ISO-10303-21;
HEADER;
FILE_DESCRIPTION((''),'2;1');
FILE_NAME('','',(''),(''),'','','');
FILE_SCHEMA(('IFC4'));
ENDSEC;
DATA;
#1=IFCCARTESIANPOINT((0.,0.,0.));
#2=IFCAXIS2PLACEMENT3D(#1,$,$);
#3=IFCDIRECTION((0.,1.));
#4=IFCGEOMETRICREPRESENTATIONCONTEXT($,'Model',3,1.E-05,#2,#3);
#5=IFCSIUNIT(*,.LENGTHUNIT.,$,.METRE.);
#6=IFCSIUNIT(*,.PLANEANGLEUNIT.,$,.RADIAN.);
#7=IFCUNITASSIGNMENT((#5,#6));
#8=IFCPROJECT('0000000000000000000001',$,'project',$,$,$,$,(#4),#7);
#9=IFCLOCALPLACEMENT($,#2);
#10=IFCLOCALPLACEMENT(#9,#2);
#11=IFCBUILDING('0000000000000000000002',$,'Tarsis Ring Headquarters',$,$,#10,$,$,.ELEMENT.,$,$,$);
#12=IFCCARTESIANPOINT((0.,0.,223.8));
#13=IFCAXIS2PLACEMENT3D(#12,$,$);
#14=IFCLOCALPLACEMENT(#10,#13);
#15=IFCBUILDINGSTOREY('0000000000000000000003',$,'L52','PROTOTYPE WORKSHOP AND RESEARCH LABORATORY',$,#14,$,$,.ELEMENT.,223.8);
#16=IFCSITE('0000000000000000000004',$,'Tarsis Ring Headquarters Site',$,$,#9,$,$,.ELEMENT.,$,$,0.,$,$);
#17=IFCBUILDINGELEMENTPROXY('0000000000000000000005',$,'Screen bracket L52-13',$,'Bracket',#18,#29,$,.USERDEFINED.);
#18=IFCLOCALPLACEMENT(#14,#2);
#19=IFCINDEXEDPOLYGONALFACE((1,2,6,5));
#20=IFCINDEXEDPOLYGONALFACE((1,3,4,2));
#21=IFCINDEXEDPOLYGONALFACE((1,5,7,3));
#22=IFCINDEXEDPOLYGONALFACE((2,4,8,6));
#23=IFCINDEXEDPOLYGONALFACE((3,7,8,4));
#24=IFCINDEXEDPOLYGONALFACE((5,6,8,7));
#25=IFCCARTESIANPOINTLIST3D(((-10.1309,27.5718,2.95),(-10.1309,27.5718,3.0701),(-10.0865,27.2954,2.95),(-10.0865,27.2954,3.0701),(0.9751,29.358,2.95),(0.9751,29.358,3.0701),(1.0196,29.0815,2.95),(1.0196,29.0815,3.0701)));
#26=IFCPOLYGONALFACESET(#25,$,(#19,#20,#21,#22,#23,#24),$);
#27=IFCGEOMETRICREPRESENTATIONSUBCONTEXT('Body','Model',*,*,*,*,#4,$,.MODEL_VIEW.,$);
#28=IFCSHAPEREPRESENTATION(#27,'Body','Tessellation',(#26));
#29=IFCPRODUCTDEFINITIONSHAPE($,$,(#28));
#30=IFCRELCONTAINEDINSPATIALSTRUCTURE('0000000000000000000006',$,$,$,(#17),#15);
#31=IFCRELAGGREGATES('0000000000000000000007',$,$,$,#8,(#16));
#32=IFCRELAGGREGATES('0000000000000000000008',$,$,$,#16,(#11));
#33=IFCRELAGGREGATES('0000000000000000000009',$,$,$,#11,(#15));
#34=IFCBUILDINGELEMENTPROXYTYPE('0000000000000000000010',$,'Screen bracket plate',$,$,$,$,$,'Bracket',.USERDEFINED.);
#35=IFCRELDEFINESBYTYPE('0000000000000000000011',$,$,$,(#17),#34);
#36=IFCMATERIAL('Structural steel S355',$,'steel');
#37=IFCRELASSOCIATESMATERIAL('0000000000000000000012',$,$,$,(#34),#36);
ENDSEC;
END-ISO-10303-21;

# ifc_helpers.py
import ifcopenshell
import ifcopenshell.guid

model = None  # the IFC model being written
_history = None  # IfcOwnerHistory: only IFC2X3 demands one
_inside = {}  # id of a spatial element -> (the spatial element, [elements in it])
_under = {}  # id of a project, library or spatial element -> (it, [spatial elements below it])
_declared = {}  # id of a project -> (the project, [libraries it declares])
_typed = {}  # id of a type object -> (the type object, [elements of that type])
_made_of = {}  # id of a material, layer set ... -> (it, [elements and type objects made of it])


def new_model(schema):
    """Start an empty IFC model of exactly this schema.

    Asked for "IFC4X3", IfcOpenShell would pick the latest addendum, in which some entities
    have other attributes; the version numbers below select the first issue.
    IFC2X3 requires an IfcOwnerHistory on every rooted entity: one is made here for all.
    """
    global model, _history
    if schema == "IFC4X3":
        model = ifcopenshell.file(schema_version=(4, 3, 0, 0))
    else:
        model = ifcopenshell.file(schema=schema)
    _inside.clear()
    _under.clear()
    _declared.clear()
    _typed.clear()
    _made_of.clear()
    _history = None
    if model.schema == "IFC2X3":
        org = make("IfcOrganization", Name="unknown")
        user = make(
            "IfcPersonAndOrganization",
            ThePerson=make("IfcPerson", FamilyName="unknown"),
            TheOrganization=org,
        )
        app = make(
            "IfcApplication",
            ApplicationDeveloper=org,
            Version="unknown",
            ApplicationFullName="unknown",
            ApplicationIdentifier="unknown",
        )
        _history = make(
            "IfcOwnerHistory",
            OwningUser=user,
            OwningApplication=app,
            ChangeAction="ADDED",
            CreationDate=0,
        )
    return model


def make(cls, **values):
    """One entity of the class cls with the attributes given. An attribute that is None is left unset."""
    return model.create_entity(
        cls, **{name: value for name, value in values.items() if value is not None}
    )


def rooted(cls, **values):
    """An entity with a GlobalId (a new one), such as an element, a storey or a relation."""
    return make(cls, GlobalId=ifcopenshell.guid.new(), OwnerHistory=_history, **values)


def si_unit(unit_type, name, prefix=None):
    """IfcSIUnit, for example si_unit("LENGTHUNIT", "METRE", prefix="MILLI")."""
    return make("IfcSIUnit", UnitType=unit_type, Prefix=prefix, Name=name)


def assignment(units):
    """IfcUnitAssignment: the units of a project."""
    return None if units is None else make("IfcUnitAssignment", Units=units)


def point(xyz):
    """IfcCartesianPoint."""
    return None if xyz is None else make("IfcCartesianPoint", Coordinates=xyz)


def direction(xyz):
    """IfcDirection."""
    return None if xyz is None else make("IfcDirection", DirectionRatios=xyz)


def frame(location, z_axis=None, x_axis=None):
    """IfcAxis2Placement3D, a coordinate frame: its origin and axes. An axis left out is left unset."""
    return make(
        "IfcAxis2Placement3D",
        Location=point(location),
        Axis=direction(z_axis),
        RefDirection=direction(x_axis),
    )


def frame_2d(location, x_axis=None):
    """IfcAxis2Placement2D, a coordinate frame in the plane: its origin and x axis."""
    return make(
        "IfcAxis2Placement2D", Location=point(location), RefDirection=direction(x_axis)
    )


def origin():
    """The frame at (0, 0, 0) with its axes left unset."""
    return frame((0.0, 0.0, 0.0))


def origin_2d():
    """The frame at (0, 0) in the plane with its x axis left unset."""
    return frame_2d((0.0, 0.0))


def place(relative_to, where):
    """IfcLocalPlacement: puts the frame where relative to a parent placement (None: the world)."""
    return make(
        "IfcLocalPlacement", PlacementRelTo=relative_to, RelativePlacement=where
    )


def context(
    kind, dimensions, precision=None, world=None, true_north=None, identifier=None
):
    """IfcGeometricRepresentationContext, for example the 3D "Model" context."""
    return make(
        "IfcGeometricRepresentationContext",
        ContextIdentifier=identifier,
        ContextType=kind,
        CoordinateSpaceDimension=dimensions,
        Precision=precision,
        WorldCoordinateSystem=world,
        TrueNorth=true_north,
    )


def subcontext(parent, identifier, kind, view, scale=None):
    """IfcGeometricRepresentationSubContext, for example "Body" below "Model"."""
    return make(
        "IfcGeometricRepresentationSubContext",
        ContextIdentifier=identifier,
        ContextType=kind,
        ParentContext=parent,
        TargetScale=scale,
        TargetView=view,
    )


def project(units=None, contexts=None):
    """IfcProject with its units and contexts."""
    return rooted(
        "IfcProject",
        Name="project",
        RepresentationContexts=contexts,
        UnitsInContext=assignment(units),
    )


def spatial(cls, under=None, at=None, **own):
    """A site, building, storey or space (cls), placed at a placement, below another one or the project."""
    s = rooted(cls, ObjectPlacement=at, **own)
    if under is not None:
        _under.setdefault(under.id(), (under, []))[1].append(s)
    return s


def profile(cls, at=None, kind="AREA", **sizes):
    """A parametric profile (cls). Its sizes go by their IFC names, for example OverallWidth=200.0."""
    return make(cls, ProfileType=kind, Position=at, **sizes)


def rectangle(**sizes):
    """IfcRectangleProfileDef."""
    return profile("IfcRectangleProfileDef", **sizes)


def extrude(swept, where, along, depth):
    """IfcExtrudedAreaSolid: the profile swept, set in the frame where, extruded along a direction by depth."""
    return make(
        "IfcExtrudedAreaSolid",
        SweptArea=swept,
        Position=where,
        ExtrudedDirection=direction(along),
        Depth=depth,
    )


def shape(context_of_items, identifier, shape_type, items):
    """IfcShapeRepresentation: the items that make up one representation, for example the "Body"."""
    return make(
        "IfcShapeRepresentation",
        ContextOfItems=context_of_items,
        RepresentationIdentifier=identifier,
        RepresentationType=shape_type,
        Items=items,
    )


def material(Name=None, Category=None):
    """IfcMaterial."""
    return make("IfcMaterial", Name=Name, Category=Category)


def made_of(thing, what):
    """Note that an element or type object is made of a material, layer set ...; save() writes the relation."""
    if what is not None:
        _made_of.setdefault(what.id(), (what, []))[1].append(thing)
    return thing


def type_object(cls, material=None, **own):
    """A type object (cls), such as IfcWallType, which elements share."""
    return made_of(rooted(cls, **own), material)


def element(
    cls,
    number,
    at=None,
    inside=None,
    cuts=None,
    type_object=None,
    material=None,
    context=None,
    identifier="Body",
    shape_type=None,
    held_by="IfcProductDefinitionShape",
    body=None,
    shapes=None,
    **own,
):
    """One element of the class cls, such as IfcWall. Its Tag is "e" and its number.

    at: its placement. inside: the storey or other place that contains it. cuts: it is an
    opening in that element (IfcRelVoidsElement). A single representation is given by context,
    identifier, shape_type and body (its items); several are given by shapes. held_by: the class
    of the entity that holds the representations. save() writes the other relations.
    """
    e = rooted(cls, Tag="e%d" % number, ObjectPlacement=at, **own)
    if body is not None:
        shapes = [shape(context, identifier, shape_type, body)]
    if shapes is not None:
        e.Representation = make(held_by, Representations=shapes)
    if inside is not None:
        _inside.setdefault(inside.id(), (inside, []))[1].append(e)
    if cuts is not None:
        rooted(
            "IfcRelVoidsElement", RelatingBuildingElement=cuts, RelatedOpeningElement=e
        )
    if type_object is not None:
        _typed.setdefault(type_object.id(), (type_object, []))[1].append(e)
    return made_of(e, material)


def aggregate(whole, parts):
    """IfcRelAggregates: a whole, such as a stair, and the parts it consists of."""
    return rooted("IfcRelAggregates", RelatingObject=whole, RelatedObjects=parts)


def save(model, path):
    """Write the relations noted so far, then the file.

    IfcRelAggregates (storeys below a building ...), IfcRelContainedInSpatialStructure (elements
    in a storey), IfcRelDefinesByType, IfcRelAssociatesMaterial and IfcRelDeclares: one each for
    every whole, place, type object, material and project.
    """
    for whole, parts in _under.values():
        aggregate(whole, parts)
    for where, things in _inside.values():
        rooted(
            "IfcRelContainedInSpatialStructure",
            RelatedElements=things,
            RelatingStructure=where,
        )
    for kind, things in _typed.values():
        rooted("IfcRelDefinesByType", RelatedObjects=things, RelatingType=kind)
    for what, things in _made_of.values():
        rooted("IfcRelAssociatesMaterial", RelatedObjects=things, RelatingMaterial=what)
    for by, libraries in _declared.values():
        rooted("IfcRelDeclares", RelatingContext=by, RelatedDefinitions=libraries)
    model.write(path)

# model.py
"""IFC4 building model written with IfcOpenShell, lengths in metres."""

from ifc_helpers import new_model, si_unit, direction, frame, origin, origin_2d, place, context, subcontext, project, spatial, rectangle, extrude, material, type_object, element, save


model = new_model("IFC4")

# Units and contexts
model_context = context("Model", 3, precision=1e-05, world=origin(), true_north=direction((0.0, 1.0)))
body_context = subcontext(model_context, "Body", "Model", "MODEL_VIEW")
ifc_project = project(units=[si_unit("LENGTHUNIT", "METRE"), si_unit("PLANEANGLEUNIT", "RADIAN")], contexts=[model_context])

# Site, building, storey
site_placement = place(None, origin())
site = spatial("IfcSite", under=ifc_project, at=site_placement, Name="Tarsis Ring Headquarters Site", CompositionType="ELEMENT", RefElevation=0.0)
building_placement = place(site_placement, origin())
building = spatial("IfcBuilding", under=site, at=building_placement, Name="Tarsis Ring Headquarters", CompositionType="ELEMENT")
storey_placement = place(building_placement, frame((0.0, 0.0, 223.8)))
storey = spatial("IfcBuildingStorey", under=building, at=storey_placement, Name="L52", Description="PROTOTYPE WORKSHOP AND RESEARCH LABORATORY", CompositionType="ELEMENT", Elevation=223.8)

# Shared definitions
ifc_material_1 = material(Name="Structural steel S355", Category="steel")

# Building element proxy
building_element_proxy_type = type_object("IfcBuildingElementProxyType", Name="Screen bracket plate", ElementType="Bracket", PredefinedType="USERDEFINED", material=ifc_material_1)
proxy_placement = place(storey_placement, frame((-4.5557, 28.3267, 2.95), z_axis=(0.0, 0.0, 1.0), x_axis=(-0.987314, -0.158782, 0.0)))
element("IfcBuildingElementProxy", 1, at=proxy_placement, inside=storey, type_object=building_element_proxy_type, Name="Screen bracket L52-13", ObjectType="Bracket", PredefinedType="USERDEFINED", context=body_context, shape_type="SweptSolid", body=[
    extrude(rectangle(XDim=11.2488, YDim=0.28, at=origin_2d()), origin(), (0.0, 0.0, 1.0), 0.1201),
])

save(model, "model.ifc")
